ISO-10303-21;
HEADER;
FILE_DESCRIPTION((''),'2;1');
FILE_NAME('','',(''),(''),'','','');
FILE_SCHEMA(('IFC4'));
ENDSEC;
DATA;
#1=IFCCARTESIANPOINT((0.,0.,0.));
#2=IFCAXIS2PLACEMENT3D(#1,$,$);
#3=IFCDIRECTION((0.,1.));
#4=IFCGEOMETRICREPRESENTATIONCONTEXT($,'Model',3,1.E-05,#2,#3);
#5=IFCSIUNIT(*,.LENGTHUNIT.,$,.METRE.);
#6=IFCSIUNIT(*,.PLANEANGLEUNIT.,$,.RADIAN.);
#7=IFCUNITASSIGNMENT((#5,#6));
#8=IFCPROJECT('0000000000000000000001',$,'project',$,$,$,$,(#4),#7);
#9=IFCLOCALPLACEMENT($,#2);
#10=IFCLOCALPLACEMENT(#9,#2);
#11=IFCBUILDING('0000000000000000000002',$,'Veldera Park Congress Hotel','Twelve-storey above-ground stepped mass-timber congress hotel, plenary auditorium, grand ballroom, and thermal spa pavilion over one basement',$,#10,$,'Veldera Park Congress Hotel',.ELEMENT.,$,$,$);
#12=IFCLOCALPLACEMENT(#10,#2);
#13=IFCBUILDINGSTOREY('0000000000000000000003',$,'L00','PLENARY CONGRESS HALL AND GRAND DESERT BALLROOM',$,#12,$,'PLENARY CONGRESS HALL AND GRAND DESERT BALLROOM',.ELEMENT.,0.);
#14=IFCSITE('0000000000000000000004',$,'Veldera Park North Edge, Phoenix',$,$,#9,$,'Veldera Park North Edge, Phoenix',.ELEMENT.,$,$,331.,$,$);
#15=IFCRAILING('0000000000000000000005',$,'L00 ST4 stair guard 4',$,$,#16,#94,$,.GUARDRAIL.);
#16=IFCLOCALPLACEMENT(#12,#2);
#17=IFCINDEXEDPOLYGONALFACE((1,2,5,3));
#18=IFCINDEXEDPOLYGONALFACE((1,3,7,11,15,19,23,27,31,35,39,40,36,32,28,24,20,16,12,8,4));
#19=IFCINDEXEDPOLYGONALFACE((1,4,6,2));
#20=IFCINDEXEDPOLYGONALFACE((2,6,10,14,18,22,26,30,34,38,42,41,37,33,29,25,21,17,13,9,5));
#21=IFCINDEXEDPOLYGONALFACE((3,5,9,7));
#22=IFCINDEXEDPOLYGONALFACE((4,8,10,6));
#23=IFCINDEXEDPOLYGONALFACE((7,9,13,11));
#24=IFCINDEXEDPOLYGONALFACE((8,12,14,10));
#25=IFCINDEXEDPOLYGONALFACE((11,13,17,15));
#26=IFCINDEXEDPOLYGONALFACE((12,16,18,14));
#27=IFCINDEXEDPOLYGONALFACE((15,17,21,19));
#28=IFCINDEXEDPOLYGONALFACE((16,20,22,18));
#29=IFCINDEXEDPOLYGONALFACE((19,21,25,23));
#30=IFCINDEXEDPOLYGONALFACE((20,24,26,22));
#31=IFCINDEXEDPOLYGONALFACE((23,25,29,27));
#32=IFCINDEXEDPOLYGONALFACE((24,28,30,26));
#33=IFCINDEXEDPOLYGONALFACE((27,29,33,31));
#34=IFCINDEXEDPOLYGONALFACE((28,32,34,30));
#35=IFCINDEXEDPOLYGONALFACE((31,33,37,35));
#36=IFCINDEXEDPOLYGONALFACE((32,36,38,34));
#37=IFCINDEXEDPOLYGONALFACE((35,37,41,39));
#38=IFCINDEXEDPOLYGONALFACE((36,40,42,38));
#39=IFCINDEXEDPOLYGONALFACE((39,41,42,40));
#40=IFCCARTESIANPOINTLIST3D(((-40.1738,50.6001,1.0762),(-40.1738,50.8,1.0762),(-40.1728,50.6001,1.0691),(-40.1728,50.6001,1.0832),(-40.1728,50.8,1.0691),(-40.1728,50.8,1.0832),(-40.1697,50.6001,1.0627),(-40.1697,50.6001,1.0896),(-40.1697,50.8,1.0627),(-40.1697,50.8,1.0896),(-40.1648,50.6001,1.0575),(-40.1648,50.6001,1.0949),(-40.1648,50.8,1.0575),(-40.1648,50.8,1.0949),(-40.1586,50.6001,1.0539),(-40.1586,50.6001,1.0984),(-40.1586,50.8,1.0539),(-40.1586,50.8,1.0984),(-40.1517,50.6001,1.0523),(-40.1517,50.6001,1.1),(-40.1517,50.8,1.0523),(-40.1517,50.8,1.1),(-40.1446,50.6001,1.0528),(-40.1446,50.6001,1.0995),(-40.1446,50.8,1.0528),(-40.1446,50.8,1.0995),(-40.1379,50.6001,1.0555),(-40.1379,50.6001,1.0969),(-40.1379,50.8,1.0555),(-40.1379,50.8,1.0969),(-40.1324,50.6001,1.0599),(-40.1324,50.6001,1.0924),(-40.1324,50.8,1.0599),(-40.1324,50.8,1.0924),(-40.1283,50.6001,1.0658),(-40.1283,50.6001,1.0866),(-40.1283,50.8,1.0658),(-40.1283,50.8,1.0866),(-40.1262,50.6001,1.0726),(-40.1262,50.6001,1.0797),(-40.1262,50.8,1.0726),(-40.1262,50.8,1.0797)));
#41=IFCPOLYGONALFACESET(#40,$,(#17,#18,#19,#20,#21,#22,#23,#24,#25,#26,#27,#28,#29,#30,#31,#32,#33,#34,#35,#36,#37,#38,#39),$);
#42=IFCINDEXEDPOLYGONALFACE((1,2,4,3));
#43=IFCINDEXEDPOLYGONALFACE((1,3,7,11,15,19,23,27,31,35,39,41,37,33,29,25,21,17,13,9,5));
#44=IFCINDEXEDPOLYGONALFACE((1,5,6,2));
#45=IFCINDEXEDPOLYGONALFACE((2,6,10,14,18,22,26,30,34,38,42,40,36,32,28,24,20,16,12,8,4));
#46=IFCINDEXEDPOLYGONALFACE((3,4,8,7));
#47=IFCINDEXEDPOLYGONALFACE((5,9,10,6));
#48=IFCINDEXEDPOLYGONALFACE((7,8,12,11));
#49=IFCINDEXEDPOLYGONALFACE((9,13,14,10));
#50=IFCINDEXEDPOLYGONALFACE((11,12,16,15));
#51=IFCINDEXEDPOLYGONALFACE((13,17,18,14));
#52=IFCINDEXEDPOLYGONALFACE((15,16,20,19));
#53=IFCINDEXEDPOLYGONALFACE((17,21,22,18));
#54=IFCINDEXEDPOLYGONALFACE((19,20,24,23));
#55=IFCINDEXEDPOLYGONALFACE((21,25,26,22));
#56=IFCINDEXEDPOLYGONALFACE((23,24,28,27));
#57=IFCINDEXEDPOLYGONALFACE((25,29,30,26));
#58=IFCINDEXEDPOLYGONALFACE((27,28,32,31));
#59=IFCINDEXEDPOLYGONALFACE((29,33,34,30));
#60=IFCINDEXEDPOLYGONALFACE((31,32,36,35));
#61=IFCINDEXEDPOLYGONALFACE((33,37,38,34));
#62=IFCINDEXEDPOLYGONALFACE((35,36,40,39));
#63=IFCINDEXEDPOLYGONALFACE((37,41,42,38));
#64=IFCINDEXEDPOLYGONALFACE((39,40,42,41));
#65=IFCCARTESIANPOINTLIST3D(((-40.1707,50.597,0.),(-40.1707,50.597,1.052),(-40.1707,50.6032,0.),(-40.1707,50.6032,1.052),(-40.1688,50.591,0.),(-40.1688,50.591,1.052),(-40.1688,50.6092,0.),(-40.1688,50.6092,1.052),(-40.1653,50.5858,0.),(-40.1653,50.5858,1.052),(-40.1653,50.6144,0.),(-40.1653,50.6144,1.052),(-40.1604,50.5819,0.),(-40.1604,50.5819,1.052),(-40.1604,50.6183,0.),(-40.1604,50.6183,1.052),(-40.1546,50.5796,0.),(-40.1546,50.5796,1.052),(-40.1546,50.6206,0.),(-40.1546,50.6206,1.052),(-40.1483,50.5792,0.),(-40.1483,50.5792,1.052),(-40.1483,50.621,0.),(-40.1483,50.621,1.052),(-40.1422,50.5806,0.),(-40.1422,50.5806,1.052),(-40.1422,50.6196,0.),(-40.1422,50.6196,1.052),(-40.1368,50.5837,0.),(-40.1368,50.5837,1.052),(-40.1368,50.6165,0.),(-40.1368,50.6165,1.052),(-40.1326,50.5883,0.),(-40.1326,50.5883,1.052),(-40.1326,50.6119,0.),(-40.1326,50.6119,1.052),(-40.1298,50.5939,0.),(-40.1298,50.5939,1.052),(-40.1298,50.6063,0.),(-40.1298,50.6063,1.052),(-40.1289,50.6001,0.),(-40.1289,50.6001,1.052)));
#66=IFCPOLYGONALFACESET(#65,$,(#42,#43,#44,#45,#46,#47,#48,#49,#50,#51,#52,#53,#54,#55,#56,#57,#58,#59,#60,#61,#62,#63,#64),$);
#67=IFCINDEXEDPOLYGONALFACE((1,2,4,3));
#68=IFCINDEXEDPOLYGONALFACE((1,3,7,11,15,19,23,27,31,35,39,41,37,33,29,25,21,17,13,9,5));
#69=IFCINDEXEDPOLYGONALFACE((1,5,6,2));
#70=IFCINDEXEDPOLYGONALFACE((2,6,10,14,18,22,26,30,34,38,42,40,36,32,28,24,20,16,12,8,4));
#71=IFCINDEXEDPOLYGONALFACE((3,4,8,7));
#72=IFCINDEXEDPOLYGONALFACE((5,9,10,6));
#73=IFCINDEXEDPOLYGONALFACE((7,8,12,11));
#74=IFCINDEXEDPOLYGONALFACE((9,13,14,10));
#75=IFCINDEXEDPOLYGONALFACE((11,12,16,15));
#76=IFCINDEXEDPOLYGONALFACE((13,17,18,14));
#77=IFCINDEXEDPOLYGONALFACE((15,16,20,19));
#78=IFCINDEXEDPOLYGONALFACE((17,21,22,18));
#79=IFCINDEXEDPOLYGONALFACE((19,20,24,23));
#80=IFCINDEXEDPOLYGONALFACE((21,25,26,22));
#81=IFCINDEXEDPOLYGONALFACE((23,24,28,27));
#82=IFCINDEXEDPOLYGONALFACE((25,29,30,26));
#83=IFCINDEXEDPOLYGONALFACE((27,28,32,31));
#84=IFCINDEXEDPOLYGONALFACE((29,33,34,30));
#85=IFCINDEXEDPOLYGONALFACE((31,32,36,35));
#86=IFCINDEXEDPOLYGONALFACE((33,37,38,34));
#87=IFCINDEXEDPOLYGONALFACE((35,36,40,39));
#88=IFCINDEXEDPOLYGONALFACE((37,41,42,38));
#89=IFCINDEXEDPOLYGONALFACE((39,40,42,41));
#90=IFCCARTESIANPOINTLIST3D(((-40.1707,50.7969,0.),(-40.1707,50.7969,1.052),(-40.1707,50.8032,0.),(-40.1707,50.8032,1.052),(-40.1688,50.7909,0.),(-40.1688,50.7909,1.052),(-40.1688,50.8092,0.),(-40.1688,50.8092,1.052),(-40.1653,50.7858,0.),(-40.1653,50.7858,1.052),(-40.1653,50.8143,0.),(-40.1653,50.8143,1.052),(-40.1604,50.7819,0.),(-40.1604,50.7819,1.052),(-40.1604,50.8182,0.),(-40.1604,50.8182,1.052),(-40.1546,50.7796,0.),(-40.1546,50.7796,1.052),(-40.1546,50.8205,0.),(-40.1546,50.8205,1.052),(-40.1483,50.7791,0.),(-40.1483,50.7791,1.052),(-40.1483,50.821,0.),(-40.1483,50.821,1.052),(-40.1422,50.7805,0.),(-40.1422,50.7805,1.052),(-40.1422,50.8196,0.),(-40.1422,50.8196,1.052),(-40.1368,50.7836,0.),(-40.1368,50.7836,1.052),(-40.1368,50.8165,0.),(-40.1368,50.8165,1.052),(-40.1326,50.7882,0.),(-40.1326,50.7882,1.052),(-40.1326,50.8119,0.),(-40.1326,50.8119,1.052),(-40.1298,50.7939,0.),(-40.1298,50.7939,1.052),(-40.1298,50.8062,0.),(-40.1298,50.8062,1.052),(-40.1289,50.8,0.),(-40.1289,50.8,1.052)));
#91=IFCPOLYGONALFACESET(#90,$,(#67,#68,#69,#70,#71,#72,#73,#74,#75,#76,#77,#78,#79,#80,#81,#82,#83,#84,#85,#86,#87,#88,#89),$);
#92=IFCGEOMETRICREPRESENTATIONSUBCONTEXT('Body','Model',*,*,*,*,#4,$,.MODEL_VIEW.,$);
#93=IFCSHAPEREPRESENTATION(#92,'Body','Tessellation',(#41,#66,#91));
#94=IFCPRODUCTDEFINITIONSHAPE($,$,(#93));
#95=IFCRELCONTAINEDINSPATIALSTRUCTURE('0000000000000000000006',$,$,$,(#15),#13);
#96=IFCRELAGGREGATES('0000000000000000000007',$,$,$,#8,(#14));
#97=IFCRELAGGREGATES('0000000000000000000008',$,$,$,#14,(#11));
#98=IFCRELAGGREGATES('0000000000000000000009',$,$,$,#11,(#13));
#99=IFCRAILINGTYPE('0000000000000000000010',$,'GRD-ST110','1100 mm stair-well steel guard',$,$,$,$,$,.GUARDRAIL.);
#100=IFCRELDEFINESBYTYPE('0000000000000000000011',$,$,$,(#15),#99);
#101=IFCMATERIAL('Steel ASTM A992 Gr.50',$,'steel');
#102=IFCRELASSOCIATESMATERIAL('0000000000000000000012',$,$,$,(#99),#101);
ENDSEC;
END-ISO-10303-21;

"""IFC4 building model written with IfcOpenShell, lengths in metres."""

from ifc_helpers import new_model, si_unit, direction, frame, origin, origin_2d, place, context, subcontext, project, spatial, circle, extrude, material, type_object, element, save


model = new_model("IFC4")

# Units and contexts
model_context = context("Model", 3, precision=1e-05, world=origin(), true_north=direction((0.0, 1.0)))
body_context = subcontext(model_context, "Body", "Model", "MODEL_VIEW")
ifc_project = project(units=[si_unit("LENGTHUNIT", "METRE"), si_unit("PLANEANGLEUNIT", "RADIAN")], contexts=[model_context])

# Site, building, storey
site_placement = place(None, origin())
site = spatial("IfcSite", under=ifc_project, at=site_placement, Name="Veldera Park North Edge, Phoenix", LongName="Veldera Park North Edge, Phoenix", CompositionType="ELEMENT", RefElevation=331.0)
building_placement = place(site_placement, origin())
building = spatial("IfcBuilding", under=site, at=building_placement, Name="Veldera Park Congress Hotel", Description="Twelve-storey above-ground stepped mass-timber congress hotel, plenary auditorium, grand ballroom, and thermal spa pavilion over one basement", LongName="Veldera Park Congress Hotel", CompositionType="ELEMENT")
storey_placement = place(building_placement, origin())
storey = spatial("IfcBuildingStorey", under=building, at=storey_placement, Name="L00", Description="PLENARY CONGRESS HALL AND GRAND DESERT BALLROOM", LongName="PLENARY CONGRESS HALL AND GRAND DESERT BALLROOM", CompositionType="ELEMENT", Elevation=0.0)

# Shared definitions
ifc_material_1 = material(Name="Steel ASTM A992 Gr.50", Category="steel")

# Railing
railing_type_1 = type_object("IfcRailingType", Name="GRD-ST110", Description="1100 mm stair-well steel guard", PredefinedType="GUARDRAIL", material=ifc_material_1)
railing_1_placement = place(storey_placement, frame((-40.1499, 50.6001, 0.0)))
element("IfcRailing", 1, at=railing_1_placement, inside=storey, type_object=railing_type_1, Name="L00 ST4 stair guard 4", PredefinedType="GUARDRAIL", context=body_context, shape_type="SweptSolid", body=[
    extrude(circle(Radius=0.0239, at=origin_2d()), frame((0.0, 0.0, 1.0762), z_axis=(0.0, 1.0, 0.0), x_axis=(-1.0, 0.0, 0.0)), (0.0, 0.0, 1.0), 0.2),
    extrude(circle(Radius=0.021, at=origin_2d()), origin(), (0.0, 0.0, 1.0), 1.052),
    extrude(circle(Radius=0.021, at=origin_2d()), frame((0.0, 0.2, 0.0)), (0.0, 0.0, 1.0), 1.052),
])

save(model, "model.ifc")
